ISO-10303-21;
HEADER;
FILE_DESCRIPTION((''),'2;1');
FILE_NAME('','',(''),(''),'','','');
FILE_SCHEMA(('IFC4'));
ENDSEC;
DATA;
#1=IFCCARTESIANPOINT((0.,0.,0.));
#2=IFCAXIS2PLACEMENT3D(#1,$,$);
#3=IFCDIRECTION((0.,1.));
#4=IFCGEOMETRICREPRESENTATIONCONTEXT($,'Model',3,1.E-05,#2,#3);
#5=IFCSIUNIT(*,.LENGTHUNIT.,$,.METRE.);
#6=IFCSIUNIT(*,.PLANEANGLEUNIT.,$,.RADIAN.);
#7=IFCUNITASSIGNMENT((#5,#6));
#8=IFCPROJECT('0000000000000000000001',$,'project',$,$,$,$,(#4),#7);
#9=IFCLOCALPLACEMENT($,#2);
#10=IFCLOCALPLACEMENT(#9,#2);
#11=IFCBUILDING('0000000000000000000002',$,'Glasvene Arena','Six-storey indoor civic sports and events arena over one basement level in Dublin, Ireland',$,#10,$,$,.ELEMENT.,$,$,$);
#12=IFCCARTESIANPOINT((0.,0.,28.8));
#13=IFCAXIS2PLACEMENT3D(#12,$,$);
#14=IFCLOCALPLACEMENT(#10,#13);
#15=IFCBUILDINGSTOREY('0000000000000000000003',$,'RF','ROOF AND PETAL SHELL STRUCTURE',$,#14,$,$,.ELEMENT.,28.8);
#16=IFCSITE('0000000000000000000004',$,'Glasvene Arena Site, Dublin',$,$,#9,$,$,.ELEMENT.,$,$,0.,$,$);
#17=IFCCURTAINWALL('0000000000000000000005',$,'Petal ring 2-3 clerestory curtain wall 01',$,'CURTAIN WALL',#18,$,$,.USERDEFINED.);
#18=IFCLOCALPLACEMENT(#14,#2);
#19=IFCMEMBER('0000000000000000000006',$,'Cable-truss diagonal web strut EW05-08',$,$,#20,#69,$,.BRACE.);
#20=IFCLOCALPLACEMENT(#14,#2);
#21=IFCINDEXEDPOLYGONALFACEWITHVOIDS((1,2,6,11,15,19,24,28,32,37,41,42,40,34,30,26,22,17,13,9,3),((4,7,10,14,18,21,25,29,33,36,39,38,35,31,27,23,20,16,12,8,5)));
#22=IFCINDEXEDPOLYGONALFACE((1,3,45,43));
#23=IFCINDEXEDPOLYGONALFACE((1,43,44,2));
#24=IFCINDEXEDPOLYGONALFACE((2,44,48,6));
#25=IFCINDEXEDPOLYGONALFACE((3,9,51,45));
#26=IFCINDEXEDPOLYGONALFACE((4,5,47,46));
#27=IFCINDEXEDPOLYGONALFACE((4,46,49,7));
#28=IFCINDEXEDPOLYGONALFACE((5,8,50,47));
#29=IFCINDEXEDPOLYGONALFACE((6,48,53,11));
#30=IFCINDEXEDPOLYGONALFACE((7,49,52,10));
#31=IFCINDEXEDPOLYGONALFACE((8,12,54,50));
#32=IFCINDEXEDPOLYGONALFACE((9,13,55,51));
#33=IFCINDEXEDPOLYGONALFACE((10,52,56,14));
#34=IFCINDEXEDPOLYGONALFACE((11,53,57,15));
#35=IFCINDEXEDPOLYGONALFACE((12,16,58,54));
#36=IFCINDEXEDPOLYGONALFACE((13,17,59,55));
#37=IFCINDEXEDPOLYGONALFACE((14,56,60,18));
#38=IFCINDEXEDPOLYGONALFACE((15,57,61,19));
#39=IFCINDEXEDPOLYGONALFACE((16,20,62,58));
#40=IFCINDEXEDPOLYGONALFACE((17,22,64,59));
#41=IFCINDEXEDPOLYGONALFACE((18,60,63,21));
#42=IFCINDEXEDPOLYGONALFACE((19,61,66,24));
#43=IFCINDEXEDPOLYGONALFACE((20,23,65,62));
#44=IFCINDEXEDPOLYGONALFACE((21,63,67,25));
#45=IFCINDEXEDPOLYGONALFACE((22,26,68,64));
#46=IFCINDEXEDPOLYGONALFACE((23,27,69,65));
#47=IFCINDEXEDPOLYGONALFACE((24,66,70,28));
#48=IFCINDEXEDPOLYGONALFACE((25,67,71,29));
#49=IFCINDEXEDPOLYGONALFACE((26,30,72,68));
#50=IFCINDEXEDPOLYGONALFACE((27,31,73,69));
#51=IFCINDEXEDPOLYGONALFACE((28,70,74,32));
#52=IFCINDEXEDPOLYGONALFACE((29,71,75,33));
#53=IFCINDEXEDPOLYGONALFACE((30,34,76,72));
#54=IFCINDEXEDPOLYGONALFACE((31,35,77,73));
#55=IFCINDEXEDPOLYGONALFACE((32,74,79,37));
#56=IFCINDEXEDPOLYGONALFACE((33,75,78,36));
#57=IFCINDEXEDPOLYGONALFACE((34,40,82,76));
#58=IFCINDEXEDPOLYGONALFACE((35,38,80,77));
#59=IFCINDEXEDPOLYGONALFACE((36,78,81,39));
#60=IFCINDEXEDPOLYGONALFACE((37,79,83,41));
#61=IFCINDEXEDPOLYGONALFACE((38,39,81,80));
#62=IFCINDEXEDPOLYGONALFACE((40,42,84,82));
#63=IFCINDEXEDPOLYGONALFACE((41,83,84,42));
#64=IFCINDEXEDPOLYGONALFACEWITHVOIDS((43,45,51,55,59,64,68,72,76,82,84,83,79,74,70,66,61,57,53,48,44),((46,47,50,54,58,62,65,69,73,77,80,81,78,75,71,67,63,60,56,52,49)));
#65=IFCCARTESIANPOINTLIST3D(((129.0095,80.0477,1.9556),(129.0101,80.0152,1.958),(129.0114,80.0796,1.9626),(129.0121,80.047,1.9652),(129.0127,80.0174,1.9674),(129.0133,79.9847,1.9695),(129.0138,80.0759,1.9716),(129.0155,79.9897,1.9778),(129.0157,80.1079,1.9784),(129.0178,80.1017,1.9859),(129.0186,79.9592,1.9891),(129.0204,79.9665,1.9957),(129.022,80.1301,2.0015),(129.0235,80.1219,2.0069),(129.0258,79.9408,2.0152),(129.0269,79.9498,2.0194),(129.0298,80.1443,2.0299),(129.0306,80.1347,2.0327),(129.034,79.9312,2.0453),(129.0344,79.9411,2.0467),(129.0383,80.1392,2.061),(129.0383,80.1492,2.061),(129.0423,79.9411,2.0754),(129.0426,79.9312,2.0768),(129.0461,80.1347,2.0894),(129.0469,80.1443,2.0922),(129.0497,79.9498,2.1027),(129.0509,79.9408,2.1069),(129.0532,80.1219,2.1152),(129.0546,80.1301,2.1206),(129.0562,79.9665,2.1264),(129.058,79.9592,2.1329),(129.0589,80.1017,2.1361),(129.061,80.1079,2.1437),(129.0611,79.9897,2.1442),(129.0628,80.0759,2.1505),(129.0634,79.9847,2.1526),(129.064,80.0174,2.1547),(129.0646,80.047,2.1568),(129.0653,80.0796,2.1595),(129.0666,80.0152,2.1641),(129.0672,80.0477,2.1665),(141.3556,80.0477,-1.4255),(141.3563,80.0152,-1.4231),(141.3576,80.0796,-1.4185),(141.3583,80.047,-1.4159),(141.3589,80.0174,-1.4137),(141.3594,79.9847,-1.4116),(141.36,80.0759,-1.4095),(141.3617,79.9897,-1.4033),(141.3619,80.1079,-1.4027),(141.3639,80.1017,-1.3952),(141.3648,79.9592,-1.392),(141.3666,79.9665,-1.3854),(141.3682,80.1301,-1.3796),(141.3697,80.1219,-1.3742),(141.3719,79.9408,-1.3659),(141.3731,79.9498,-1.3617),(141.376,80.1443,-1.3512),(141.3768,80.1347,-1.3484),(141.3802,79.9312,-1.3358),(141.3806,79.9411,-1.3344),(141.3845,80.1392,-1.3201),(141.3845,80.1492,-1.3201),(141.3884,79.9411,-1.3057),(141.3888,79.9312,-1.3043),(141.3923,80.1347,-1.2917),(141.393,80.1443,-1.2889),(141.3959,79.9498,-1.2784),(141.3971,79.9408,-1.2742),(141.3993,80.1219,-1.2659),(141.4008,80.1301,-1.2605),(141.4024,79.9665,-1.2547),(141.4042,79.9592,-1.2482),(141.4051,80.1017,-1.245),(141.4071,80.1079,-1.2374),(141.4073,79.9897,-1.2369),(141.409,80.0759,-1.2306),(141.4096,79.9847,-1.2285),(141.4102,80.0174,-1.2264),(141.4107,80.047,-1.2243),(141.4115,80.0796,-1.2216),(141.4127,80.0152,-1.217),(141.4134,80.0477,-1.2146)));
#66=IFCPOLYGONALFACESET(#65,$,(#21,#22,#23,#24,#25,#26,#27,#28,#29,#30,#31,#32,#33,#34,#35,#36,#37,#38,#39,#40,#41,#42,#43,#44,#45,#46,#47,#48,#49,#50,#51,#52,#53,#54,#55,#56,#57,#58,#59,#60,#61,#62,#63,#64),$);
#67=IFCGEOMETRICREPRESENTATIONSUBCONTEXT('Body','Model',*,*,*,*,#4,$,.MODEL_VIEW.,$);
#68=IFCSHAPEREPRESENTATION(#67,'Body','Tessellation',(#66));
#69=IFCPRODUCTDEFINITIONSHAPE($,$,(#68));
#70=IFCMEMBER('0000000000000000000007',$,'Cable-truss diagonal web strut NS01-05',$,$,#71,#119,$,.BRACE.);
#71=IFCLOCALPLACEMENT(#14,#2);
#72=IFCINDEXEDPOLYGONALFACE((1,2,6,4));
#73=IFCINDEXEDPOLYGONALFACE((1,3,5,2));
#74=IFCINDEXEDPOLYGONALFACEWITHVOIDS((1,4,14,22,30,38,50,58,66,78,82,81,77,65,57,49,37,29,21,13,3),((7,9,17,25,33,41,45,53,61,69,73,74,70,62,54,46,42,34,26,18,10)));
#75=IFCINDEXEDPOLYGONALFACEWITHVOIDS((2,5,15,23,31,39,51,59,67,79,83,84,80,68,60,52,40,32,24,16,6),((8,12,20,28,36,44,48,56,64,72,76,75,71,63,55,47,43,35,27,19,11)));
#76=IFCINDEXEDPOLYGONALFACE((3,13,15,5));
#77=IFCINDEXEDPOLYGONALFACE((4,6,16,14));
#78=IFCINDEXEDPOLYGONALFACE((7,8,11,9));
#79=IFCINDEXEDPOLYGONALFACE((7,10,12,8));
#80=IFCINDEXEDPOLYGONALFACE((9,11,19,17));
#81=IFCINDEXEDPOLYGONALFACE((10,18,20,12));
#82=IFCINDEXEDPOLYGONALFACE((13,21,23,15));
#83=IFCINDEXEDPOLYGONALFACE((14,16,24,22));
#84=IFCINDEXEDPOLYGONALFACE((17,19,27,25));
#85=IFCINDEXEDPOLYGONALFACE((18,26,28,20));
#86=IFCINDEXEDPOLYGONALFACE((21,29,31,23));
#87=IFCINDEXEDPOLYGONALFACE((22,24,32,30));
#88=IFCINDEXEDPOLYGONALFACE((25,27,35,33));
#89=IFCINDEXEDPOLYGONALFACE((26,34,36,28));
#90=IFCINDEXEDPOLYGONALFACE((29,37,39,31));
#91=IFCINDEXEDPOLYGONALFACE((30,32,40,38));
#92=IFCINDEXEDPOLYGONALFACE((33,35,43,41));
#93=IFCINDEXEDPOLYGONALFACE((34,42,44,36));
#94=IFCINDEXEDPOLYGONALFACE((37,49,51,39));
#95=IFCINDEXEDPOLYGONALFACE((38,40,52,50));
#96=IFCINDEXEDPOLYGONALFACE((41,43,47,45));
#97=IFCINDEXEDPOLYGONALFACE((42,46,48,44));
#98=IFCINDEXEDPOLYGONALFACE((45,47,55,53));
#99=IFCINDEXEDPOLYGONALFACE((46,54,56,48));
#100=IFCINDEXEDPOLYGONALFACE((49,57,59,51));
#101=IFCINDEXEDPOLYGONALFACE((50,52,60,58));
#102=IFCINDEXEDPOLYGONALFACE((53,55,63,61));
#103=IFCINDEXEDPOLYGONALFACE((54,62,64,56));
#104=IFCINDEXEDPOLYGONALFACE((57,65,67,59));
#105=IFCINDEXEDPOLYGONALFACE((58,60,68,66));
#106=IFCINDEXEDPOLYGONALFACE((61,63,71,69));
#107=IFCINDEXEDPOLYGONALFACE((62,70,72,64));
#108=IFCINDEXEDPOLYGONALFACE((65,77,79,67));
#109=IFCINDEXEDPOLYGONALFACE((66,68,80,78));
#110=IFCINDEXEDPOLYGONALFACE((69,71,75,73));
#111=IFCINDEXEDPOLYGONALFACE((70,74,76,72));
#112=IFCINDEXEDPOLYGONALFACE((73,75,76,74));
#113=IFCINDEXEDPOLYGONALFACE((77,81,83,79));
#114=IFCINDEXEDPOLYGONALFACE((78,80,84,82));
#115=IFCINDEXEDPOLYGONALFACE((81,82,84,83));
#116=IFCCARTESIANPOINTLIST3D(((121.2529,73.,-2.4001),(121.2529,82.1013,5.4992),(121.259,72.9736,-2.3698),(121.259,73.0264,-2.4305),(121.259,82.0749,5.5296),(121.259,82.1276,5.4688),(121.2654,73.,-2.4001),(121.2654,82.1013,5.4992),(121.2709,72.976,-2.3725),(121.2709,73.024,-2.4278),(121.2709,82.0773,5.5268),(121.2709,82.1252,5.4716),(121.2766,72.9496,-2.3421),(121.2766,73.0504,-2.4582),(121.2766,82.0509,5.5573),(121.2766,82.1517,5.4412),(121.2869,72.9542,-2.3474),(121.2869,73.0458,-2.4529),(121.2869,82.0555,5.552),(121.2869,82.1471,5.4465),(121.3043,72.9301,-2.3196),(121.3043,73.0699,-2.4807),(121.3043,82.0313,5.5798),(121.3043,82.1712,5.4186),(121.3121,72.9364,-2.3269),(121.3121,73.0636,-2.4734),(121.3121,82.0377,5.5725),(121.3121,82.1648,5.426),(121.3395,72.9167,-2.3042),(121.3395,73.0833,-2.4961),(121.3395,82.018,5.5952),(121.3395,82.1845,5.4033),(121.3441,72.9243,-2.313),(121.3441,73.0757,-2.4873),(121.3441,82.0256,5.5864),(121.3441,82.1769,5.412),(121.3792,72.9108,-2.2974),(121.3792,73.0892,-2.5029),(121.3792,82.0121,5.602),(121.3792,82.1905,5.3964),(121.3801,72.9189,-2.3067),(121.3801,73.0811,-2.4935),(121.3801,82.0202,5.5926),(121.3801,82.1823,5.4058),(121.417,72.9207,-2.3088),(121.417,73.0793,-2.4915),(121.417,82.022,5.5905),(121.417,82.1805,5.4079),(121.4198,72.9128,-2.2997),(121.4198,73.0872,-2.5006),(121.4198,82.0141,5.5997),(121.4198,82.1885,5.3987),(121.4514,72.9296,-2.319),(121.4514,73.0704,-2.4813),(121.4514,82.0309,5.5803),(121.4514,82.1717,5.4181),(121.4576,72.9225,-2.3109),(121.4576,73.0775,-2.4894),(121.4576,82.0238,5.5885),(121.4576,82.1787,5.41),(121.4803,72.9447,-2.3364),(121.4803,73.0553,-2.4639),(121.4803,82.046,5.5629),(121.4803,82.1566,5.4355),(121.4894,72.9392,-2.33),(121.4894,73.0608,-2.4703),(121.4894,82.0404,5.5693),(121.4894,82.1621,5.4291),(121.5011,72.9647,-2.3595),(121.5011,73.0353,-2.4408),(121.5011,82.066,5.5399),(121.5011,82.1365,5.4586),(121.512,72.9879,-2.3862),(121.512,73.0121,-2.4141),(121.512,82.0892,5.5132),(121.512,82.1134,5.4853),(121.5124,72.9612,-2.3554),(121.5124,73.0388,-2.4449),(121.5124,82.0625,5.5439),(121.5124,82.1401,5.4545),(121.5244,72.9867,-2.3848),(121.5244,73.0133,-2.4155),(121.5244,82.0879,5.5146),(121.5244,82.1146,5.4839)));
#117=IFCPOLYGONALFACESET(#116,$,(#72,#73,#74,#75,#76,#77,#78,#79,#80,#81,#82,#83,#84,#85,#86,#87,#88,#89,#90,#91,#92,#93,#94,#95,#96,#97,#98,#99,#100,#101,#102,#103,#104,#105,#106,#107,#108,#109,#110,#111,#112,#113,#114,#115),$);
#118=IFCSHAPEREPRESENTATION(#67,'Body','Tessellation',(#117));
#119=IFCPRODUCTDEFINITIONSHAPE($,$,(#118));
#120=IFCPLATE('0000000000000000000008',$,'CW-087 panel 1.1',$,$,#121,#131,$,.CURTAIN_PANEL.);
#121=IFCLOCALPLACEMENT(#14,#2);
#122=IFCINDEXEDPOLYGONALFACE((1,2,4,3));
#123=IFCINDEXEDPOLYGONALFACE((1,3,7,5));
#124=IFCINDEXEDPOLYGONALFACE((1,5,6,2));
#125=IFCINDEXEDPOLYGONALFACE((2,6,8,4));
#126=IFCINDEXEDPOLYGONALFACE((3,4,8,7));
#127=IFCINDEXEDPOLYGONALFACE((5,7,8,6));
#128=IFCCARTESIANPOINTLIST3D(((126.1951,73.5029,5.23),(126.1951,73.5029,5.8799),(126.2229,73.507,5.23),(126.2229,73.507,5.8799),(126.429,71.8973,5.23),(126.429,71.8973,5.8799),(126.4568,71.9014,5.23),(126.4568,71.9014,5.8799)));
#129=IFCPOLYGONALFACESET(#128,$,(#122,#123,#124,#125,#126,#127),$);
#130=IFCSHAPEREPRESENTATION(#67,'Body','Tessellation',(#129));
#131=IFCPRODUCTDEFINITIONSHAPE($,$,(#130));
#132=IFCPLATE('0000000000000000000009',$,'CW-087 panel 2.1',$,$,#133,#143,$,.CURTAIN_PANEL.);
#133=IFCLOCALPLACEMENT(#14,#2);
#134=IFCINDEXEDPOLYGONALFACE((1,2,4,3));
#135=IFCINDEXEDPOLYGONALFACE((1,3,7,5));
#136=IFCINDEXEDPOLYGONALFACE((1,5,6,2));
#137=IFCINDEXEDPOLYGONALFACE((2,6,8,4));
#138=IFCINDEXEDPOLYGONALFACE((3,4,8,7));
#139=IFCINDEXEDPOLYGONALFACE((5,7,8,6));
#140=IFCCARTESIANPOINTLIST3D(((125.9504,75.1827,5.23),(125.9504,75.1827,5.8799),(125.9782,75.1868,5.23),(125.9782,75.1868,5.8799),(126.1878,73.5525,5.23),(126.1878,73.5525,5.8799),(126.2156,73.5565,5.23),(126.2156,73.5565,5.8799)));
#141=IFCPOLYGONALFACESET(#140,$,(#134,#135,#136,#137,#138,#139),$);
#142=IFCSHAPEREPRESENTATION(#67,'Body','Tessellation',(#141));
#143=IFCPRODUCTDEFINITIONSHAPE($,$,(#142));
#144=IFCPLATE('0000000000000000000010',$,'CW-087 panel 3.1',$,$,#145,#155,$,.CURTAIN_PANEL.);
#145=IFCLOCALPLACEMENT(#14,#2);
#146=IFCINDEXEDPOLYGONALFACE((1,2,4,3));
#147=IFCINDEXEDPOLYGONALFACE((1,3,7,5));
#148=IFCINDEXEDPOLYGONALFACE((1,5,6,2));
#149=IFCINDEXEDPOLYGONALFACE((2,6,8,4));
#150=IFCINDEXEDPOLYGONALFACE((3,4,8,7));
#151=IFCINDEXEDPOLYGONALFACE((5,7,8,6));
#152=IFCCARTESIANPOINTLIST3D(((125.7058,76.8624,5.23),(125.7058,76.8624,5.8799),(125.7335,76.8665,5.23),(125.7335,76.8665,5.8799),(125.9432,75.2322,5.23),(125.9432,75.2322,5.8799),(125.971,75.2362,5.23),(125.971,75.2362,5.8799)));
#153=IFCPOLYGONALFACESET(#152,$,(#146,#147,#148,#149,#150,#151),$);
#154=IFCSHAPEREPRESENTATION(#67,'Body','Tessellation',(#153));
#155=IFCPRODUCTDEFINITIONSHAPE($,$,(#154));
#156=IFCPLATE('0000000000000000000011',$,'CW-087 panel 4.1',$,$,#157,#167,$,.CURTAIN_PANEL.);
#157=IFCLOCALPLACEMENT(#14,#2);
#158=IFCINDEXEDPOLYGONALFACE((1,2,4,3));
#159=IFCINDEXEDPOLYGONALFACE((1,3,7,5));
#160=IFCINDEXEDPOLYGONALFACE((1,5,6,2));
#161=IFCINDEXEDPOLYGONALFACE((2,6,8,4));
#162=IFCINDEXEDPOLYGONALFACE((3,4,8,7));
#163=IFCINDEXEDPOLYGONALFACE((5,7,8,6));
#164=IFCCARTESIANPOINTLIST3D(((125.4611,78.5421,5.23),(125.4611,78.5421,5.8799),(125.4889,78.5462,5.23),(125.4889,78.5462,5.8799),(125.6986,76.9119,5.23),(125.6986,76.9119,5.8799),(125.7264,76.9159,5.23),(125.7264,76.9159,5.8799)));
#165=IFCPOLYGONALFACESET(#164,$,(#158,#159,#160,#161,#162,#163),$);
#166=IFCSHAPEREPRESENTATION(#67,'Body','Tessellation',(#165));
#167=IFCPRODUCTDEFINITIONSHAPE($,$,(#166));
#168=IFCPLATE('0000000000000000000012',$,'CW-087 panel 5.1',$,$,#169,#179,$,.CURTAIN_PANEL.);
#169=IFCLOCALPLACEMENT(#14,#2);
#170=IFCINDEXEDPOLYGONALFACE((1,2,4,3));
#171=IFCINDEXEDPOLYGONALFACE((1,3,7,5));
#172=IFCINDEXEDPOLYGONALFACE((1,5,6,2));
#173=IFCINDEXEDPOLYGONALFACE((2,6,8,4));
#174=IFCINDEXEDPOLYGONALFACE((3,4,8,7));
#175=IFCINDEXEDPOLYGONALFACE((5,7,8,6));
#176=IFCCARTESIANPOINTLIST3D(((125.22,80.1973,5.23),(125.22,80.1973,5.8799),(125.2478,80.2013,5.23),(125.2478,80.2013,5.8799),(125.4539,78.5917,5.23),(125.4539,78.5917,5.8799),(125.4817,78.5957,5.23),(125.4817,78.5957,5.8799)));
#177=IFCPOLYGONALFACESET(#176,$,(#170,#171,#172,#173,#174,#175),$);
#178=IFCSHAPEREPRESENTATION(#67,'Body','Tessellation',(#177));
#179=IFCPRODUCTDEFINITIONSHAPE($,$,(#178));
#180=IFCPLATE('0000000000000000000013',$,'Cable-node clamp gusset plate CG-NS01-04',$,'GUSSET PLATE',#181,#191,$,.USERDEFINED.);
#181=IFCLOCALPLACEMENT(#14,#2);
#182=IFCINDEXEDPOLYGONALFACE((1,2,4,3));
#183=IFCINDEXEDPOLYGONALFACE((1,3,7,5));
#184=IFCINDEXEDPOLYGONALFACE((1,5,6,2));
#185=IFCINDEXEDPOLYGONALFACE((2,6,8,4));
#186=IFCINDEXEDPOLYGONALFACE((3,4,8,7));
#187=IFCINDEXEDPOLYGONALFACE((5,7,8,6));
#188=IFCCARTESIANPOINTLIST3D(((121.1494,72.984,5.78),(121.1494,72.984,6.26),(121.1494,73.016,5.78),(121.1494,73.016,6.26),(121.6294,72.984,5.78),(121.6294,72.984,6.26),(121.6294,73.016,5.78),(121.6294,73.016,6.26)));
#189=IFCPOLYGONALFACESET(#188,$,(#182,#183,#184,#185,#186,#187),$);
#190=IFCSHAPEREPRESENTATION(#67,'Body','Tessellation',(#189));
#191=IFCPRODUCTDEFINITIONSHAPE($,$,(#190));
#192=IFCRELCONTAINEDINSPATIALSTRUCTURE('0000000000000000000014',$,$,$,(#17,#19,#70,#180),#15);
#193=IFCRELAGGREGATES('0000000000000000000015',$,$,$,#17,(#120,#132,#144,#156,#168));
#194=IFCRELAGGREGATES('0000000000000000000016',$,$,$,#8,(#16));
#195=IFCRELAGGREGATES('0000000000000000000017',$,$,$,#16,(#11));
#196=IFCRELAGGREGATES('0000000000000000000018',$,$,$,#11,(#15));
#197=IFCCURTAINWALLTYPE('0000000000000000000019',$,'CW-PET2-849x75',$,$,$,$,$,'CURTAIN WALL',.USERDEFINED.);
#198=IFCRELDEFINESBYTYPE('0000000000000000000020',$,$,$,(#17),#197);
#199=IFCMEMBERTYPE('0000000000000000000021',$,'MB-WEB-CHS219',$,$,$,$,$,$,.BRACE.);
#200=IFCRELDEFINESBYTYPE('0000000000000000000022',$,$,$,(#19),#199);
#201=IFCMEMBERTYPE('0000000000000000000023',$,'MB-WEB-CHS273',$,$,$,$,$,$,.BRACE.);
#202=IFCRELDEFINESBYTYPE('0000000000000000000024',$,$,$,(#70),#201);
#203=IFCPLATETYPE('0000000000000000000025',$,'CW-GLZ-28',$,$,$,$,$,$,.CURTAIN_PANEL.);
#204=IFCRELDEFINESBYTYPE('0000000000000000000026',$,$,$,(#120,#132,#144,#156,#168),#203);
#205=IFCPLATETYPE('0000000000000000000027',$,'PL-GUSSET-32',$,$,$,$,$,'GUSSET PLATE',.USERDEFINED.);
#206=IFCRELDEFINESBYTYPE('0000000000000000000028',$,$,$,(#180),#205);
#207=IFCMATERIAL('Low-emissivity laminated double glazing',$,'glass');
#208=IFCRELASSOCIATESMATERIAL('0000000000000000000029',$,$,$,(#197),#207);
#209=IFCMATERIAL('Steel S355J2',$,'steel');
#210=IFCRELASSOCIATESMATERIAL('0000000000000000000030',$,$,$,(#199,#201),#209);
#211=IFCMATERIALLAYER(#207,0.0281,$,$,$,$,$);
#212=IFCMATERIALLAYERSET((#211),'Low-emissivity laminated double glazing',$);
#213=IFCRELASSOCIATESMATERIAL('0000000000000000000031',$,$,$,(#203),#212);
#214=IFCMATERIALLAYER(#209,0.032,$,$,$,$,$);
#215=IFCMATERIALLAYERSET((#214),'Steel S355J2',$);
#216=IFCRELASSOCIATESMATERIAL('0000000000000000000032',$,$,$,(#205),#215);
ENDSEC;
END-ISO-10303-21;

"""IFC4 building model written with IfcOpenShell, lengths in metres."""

from ifc_helpers import new_model, si_unit, direction, frame, origin, origin_2d, place, context, subcontext, project, spatial, rectangle, hollow_circle, extrude, material, layer, layer_set, material_profile, profile_set, type_object, element, aggregate, save


model = new_model("IFC4")

# Units and contexts
model_context = context("Model", 3, precision=1e-05, world=origin(), true_north=direction((0.0, 1.0)))
body_context = subcontext(model_context, "Body", "Model", "MODEL_VIEW")
ifc_project = project(units=[si_unit("LENGTHUNIT", "METRE"), si_unit("PLANEANGLEUNIT", "RADIAN")], contexts=[model_context])

# Site, building, storey
site_placement = place(None, origin())
site = spatial("IfcSite", under=ifc_project, at=site_placement, Name="Glasvene Arena Site, Dublin", CompositionType="ELEMENT", RefElevation=0.0)
building_placement = place(site_placement, origin())
building = spatial("IfcBuilding", under=site, at=building_placement, Name="Glasvene Arena", Description="Six-storey indoor civic sports and events arena over one basement level in Dublin, Ireland", CompositionType="ELEMENT")
storey_placement = place(building_placement, frame((0.0, 0.0, 28.8)))
storey = spatial("IfcBuildingStorey", under=building, at=storey_placement, Name="RF", Description="ROOF AND PETAL SHELL STRUCTURE", CompositionType="ELEMENT", Elevation=28.8)

# Curtain wall
ifc_material_1 = material(Name="Low-emissivity laminated double glazing", Category="glass")
curtain_wall_type_1 = type_object("IfcCurtainWallType", Name="CW-PET2-849x75", ElementType="CURTAIN WALL", PredefinedType="USERDEFINED", material=ifc_material_1)
curtain_wall_1_placement = place(storey_placement, frame((126.45, 71.8501, 0.0)))
curtain_wall_1 = element("IfcCurtainWall", 1, at=curtain_wall_1_placement, inside=storey, type_object=curtain_wall_type_1, Name="Petal ring 2-3 clerestory curtain wall 01", ObjectType="CURTAIN WALL", PredefinedType="USERDEFINED")

# Members
ifc_material_2 = material(Name="Steel S355J2", Category="steel")
ifc_material_profile_1 = material_profile(ifc_material_2, hollow_circle(Radius=0.1096, WallThickness=0.01, at=origin_2d()), Name="CHS 219.1x10.0")
ifc_profile_set_1 = profile_set([ifc_material_profile_1], Name="Steel S355J2")
member_type_1 = type_object("IfcMemberType", Name="MB-WEB-CHS219", PredefinedType="BRACE", material=ifc_profile_set_1)
member_1_placement = place(storey_placement, frame((129.0383, 80.0396, 2.061), z_axis=(0.964486, 0.0, -0.264132), x_axis=(0.0, 1.0, 0.0)))
element("IfcMember", 2, at=member_1_placement, inside=storey, type_object=member_type_1, Name="Cable-truss diagonal web strut EW05-08", PredefinedType="BRACE", context=body_context, shape_type="SweptSolid", body=[
    extrude(hollow_circle(Radius=0.1096, WallThickness=0.01, at=origin_2d()), origin(), (0.0, 0.0, 1.0), 12.8008),
])
ifc_material_profile_2 = material_profile(ifc_material_2, hollow_circle(Radius=0.1365, WallThickness=0.0125, at=origin_2d()), Name="CHS 273.0x12.5")
ifc_profile_set_2 = profile_set([ifc_material_profile_2], Name="Steel S355J2")
member_type_2 = type_object("IfcMemberType", Name="MB-WEB-CHS273", PredefinedType="BRACE", material=ifc_profile_set_2)
member_2_placement = place(storey_placement, frame((121.3894, 73.0, -2.4001), z_axis=(0.0, 0.755212, 0.65548), x_axis=(-1.0, 0.0, 0.0)))
element("IfcMember", 3, at=member_2_placement, inside=storey, type_object=member_type_2, Name="Cable-truss diagonal web strut NS01-05", PredefinedType="BRACE", context=body_context, shape_type="SweptSolid", body=[
    extrude(hollow_circle(Radius=0.1365, WallThickness=0.0125, at=origin_2d()), origin(), (0.0, 0.0, 1.0), 12.0513),
])

# Plates
ifc_layer_1 = layer(ifc_material_1, 0.0281)
ifc_layer_set_1 = layer_set([ifc_layer_1], Name="Low-emissivity laminated double glazing")
plate_type_1 = type_object("IfcPlateType", Name="CW-GLZ-28", PredefinedType="CURTAIN_PANEL", material=ifc_layer_set_1)
plate_1_placement = place(storey_placement, frame((126.3259, 72.7021, 5.23), z_axis=(0.0, 0.0, 1.0), x_axis=(-0.144133, 0.989558, 0.0)))
plate_1 = element("IfcPlate", 4, at=plate_1_placement, type_object=plate_type_1, Name="CW-087 panel 1.1", PredefinedType="CURTAIN_PANEL", context=body_context, shape_type="SweptSolid", body=[
    extrude(rectangle(XDim=1.6226, YDim=0.0281, at=origin_2d()), origin(), (0.0, 0.0, 1.0), 0.6499),
])
plate_2_placement = place(storey_placement, frame((126.083, 74.3696, 5.23), z_axis=(0.0, 0.0, 1.0), x_axis=(-0.144133, 0.989558, 0.0)))
plate_2 = element("IfcPlate", 5, at=plate_2_placement, type_object=plate_type_1, Name="CW-087 panel 2.1", PredefinedType="CURTAIN_PANEL", context=body_context, shape_type="SweptSolid", body=[
    extrude(rectangle(XDim=1.6475, YDim=0.0281, at=origin_2d()), origin(), (0.0, 0.0, 1.0), 0.6499),
])
plate_3_placement = place(storey_placement, frame((125.8384, 76.0493, 5.23), z_axis=(0.0, 0.0, 1.0), x_axis=(-0.144133, 0.989558, 0.0)))
plate_3 = element("IfcPlate", 6, at=plate_3_placement, type_object=plate_type_1, Name="CW-087 panel 3.1", PredefinedType="CURTAIN_PANEL", context=body_context, shape_type="SweptSolid", body=[
    extrude(rectangle(XDim=1.6475, YDim=0.0281, at=origin_2d()), origin(), (0.0, 0.0, 1.0), 0.6499),
])
plate_4_placement = place(storey_placement, frame((125.5938, 77.729, 5.23), z_axis=(0.0, 0.0, 1.0), x_axis=(-0.144133, 0.989558, 0.0)))
plate_4 = element("IfcPlate", 7, at=plate_4_placement, type_object=plate_type_1, Name="CW-087 panel 4.1", PredefinedType="CURTAIN_PANEL", context=body_context, shape_type="SweptSolid", body=[
    extrude(rectangle(XDim=1.6475, YDim=0.0281, at=origin_2d()), origin(), (0.0, 0.0, 1.0), 0.6499),
])
plate_5_placement = place(storey_placement, frame((125.3508, 79.3965, 5.23), z_axis=(0.0, 0.0, 1.0), x_axis=(-0.144133, 0.989558, 0.0)))
plate_5 = element("IfcPlate", 8, at=plate_5_placement, type_object=plate_type_1, Name="CW-087 panel 5.1", PredefinedType="CURTAIN_PANEL", context=body_context, shape_type="SweptSolid", body=[
    extrude(rectangle(XDim=1.6226, YDim=0.0281, at=origin_2d()), origin(), (0.0, 0.0, 1.0), 0.6499),
])
aggregate(curtain_wall_1, [plate_1, plate_2, plate_3, plate_4, plate_5])

# Plate
ifc_layer_2 = layer(ifc_material_2, 0.032)
ifc_layer_set_2 = layer_set([ifc_layer_2], Name="Steel S355J2")
plate_type_2 = type_object("IfcPlateType", Name="PL-GUSSET-32", ElementType="GUSSET PLATE", PredefinedType="USERDEFINED", material=ifc_layer_set_2)
plate_6_placement = place(storey_placement, frame((121.3894, 73.0, 5.78), z_axis=(0.0, 0.0, 1.0), x_axis=(1.0, 0.0, 0.0)))
element("IfcPlate", 9, at=plate_6_placement, inside=storey, type_object=plate_type_2, Name="Cable-node clamp gusset plate CG-NS01-04", ObjectType="GUSSET PLATE", PredefinedType="USERDEFINED", context=body_context, shape_type="SweptSolid", body=[
    extrude(rectangle(XDim=0.48, YDim=0.032, at=origin_2d()), origin(), (0.0, 0.0, 1.0), 0.48),
])

save(model, "model.ifc")
